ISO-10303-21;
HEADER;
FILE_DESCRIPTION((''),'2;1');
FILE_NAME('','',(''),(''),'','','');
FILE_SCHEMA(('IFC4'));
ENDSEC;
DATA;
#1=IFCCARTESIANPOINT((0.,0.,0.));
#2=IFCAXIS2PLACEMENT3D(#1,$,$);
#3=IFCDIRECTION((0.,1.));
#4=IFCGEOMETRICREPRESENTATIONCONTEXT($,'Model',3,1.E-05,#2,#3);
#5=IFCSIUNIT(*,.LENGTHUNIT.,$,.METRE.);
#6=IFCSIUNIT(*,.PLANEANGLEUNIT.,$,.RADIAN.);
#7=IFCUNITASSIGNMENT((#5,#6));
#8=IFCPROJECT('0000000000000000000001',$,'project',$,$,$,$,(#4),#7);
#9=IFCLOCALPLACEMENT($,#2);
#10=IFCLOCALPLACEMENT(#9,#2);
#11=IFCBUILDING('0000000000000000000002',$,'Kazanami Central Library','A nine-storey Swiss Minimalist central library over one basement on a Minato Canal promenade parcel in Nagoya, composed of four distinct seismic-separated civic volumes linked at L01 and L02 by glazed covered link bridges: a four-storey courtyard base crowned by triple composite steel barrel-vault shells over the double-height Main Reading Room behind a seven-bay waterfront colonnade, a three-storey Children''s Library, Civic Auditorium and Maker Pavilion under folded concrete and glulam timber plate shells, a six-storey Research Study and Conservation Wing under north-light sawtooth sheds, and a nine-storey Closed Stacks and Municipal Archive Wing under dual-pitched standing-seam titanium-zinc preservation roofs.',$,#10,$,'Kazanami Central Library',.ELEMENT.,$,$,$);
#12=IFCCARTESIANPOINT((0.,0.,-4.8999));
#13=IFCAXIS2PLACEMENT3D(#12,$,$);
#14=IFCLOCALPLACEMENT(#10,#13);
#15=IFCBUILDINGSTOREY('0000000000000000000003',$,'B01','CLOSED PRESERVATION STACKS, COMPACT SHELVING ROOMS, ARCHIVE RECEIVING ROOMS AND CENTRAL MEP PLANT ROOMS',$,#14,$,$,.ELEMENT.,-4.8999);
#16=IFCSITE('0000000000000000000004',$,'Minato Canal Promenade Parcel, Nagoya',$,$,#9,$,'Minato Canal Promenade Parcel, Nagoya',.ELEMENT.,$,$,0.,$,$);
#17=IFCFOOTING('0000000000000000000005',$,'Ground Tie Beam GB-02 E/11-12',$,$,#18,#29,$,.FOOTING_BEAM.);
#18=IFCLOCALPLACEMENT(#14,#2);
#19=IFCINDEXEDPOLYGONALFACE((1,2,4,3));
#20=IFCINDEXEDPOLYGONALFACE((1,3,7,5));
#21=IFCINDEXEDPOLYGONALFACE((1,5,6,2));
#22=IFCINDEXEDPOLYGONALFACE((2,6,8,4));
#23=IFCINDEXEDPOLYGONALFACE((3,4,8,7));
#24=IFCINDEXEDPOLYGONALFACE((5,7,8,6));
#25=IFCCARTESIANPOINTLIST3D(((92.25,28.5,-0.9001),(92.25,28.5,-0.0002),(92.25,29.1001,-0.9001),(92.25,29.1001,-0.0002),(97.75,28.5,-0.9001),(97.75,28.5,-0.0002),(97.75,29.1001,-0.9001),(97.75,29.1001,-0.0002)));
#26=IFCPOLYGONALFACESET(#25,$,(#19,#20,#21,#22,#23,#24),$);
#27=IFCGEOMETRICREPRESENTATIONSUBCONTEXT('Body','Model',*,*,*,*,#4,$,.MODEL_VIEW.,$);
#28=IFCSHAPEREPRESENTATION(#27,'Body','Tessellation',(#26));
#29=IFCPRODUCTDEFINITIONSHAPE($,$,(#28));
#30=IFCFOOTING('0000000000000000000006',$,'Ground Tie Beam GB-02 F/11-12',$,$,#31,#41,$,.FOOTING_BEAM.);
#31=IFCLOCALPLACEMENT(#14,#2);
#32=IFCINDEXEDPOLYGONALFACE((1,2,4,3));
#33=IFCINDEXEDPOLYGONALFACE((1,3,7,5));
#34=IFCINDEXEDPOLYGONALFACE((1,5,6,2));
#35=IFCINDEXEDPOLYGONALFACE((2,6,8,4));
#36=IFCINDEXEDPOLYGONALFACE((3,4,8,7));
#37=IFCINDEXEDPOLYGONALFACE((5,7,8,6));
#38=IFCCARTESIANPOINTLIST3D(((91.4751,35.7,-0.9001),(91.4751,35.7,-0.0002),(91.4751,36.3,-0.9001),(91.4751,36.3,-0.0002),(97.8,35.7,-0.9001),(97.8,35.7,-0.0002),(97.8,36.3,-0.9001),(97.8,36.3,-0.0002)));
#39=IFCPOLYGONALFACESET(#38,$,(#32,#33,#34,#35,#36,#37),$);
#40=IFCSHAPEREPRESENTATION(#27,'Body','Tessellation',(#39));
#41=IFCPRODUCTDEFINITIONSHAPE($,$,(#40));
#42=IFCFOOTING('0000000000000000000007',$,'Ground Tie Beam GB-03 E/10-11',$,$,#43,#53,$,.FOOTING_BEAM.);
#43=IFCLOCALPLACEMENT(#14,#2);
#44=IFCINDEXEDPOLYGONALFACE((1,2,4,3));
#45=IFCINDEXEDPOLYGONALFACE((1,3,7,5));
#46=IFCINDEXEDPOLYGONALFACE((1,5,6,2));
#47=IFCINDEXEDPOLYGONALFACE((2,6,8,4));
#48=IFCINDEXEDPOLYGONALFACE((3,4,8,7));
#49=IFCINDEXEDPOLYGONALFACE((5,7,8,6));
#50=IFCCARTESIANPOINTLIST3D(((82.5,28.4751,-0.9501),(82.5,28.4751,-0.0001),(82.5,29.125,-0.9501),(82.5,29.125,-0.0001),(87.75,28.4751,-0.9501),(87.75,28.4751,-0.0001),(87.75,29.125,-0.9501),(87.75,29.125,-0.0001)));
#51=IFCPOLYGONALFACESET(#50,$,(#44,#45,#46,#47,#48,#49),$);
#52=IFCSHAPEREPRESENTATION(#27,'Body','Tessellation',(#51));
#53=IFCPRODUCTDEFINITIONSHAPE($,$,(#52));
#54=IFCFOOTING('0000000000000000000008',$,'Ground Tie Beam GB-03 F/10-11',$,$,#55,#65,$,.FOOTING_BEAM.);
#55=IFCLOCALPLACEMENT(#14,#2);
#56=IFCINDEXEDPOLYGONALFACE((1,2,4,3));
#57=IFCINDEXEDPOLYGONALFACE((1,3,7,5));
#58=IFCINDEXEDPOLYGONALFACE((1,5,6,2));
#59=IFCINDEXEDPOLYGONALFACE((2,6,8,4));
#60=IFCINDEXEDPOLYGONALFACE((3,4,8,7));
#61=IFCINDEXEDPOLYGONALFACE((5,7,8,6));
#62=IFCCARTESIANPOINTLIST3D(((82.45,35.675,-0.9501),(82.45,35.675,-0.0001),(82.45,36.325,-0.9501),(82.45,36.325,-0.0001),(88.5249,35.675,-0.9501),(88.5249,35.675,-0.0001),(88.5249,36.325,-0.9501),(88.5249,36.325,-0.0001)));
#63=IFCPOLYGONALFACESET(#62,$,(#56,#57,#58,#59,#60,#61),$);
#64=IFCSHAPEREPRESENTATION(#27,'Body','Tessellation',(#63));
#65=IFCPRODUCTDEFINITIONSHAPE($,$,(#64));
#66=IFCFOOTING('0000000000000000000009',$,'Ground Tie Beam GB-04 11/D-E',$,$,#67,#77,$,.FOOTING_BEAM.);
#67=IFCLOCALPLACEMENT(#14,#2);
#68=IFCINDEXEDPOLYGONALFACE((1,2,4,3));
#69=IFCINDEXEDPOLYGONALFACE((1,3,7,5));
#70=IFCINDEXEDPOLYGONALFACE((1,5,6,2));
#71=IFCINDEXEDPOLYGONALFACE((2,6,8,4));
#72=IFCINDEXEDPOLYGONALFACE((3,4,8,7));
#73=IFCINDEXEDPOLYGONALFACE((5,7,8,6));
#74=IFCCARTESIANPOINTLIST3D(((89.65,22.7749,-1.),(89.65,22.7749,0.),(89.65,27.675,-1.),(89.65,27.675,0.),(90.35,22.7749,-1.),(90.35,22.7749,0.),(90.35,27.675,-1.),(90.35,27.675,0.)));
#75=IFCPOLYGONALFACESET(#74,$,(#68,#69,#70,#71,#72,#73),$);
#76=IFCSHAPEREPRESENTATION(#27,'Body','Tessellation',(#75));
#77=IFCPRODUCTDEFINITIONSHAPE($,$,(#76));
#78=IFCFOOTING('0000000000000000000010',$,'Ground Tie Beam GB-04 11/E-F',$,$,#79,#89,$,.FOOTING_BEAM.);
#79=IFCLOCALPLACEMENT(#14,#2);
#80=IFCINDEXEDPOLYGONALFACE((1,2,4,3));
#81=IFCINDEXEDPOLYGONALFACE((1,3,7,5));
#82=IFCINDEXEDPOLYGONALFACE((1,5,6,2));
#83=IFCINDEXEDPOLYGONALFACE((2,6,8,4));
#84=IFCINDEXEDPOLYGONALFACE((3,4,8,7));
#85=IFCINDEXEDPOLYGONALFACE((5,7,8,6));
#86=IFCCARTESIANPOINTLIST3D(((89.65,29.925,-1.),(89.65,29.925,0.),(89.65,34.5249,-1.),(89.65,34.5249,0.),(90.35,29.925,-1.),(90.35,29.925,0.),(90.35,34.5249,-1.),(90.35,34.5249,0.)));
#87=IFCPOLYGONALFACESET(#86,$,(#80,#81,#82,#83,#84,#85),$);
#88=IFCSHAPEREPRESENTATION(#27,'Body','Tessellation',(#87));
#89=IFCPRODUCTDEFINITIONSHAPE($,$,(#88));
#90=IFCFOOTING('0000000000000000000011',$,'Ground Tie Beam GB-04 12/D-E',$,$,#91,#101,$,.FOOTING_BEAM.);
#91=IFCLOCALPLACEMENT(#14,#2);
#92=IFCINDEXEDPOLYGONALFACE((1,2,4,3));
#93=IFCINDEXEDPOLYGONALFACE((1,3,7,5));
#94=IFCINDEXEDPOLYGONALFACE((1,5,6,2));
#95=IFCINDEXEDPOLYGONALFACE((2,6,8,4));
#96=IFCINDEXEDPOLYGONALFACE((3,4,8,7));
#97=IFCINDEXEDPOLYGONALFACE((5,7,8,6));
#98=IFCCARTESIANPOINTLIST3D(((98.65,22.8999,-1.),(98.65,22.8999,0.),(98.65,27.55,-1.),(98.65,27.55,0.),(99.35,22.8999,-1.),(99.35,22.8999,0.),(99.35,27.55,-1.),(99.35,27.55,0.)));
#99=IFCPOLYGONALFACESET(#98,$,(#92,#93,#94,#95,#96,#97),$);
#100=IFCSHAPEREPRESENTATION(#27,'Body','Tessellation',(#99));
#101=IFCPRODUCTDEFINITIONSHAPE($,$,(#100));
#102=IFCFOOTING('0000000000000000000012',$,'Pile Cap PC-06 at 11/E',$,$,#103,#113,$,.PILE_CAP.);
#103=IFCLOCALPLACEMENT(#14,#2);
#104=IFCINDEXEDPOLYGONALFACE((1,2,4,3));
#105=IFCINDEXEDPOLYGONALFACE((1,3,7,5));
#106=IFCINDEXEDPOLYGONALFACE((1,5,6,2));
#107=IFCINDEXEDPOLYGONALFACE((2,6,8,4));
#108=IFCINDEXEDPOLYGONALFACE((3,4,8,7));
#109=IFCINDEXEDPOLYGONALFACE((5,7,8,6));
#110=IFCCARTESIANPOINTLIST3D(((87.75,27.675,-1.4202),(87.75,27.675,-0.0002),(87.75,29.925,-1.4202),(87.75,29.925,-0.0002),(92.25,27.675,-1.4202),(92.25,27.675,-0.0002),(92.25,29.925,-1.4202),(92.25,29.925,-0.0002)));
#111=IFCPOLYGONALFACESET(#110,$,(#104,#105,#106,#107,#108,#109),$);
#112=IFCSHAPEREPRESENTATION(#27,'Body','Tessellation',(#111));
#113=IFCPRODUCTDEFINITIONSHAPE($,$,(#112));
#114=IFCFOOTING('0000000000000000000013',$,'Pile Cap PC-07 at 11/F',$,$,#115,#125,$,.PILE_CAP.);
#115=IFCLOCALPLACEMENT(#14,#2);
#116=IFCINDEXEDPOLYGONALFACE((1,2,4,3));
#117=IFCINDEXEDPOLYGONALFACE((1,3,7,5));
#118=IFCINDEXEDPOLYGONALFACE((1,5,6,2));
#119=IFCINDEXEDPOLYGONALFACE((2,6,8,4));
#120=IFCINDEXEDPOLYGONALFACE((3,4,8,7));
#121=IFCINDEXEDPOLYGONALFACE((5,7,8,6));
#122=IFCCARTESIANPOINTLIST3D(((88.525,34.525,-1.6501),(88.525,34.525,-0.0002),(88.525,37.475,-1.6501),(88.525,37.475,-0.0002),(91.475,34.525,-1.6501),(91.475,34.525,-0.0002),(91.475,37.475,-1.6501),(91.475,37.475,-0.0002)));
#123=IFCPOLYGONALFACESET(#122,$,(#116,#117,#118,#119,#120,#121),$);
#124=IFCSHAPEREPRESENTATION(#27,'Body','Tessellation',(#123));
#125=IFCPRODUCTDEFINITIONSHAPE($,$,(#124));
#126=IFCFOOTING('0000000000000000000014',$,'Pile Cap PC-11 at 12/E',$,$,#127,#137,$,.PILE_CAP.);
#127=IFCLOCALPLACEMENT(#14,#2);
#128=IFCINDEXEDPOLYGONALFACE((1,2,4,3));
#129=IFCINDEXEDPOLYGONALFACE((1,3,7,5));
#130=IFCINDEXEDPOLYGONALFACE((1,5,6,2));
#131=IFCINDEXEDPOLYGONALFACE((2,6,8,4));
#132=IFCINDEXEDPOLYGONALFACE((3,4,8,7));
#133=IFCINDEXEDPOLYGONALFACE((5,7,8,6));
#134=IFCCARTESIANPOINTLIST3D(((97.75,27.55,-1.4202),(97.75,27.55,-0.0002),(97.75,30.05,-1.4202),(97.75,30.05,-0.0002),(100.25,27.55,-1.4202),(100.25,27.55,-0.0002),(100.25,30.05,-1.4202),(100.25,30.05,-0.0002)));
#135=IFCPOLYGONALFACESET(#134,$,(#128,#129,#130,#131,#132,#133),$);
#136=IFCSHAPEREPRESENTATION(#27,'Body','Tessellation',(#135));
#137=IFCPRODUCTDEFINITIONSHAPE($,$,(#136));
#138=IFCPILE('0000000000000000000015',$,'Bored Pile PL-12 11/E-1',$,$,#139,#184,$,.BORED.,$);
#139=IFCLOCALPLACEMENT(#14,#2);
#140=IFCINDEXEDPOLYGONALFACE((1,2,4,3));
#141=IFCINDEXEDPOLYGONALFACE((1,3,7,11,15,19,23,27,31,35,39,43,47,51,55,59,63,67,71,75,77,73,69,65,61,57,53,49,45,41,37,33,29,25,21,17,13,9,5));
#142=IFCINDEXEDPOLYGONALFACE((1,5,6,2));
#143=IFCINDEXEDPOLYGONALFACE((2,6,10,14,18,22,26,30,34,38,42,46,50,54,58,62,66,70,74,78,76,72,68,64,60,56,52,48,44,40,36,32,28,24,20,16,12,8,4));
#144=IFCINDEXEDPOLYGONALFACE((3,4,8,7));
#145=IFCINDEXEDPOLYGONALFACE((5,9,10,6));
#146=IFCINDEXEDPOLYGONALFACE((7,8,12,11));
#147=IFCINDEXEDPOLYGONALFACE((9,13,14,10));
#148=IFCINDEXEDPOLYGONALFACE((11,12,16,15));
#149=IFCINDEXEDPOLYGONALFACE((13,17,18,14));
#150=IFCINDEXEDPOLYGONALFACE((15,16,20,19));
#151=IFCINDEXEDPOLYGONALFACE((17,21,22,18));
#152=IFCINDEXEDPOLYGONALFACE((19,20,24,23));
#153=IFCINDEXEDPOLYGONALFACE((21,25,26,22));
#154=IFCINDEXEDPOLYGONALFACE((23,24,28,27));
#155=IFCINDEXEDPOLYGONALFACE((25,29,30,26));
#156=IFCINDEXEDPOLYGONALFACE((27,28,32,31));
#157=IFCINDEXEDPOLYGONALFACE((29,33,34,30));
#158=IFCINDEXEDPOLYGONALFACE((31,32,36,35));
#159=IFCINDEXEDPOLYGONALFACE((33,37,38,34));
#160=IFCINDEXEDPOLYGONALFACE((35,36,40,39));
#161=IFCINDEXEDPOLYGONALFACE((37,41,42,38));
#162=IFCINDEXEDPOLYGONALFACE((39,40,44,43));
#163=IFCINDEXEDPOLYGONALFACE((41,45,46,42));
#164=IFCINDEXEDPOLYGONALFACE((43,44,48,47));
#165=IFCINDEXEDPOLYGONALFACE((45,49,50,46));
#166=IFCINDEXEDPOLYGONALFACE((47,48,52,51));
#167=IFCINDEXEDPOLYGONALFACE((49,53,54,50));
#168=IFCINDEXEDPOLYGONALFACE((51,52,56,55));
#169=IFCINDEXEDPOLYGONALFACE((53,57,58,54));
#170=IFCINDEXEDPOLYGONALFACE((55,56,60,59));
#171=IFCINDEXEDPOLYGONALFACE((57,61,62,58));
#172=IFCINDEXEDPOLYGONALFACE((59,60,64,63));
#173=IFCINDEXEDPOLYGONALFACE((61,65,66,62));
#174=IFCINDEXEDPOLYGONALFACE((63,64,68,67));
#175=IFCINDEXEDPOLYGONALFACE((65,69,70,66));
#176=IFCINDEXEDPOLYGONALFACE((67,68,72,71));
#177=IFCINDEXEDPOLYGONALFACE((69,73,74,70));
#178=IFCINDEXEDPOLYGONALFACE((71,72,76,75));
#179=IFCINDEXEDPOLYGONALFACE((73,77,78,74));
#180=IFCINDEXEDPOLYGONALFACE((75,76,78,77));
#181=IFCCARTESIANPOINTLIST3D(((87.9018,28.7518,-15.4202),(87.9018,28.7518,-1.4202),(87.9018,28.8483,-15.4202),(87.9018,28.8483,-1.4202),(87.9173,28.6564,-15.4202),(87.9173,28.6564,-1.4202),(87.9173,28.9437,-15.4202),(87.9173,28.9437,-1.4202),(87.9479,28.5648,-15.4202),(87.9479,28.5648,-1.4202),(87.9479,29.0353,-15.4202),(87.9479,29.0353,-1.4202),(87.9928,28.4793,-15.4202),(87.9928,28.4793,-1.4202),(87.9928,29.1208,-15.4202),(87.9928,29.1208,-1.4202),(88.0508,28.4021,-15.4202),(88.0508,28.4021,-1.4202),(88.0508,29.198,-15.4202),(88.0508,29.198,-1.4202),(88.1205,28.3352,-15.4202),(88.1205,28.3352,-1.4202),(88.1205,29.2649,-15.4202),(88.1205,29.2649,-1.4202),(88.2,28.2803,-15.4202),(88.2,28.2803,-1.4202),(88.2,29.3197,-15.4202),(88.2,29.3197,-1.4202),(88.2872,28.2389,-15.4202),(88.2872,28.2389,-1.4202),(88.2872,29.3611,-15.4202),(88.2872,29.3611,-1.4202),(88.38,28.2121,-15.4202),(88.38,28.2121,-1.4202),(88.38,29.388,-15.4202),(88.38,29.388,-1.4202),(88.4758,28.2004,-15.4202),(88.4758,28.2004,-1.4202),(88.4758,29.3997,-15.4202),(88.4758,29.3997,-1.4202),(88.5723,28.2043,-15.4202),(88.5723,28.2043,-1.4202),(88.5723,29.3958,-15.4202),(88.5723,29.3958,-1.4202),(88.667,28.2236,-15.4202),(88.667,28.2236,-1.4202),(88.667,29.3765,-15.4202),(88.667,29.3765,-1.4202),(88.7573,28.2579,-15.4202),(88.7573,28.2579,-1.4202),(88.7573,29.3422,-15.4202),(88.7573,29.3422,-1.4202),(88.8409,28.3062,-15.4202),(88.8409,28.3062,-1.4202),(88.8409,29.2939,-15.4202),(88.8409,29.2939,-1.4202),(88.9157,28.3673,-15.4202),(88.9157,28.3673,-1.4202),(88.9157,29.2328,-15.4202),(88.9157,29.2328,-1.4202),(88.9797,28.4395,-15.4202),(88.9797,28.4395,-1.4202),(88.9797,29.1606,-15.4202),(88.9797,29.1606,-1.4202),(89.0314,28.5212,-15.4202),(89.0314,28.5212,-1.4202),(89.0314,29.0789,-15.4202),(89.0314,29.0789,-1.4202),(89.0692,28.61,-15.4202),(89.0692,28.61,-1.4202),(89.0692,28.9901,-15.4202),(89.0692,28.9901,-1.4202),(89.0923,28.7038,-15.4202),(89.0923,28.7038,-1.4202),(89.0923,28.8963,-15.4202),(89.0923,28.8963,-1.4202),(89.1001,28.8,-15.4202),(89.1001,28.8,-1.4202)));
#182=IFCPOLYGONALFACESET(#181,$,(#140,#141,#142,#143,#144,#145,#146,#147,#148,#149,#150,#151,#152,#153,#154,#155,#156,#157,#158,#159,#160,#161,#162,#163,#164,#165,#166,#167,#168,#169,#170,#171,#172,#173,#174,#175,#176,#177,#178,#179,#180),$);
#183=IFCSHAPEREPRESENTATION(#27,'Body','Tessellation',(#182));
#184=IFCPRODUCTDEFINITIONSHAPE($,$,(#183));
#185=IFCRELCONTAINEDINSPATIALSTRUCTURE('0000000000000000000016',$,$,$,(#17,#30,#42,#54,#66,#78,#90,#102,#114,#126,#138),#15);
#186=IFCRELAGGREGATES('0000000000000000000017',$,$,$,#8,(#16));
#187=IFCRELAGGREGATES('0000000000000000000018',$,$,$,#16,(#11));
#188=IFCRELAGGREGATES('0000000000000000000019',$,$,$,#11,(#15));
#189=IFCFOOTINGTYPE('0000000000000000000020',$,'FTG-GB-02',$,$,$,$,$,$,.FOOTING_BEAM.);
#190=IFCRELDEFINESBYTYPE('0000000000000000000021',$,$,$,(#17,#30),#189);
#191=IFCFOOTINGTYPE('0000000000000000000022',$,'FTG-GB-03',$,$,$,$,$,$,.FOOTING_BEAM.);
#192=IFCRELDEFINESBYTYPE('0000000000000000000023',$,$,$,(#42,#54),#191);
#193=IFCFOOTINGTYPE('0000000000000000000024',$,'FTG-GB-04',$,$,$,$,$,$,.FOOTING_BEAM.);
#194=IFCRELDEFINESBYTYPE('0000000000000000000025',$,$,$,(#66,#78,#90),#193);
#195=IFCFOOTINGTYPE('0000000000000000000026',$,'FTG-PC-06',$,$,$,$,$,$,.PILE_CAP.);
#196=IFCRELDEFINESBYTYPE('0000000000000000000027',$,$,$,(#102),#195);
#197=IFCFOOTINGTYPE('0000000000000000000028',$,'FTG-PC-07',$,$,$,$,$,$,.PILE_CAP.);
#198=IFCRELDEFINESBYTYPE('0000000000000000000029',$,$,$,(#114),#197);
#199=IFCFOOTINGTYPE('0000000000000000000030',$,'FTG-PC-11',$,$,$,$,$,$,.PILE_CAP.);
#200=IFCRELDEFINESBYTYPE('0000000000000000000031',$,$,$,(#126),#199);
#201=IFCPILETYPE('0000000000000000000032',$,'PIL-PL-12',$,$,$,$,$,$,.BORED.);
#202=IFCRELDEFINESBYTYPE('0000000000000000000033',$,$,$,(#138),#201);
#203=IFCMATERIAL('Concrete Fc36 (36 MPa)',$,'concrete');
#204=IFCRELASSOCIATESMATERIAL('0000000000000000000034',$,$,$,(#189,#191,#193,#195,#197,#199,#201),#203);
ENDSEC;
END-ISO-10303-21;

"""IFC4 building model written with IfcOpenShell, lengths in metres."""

from ifc_helpers import new_model, si_unit, direction, frame, origin, origin_2d, place, context, subcontext, project, spatial, rectangle, circle, extrude, material, material_profile, profile_set, type_object, element, save


model = new_model("IFC4")

# Units and contexts
model_context = context("Model", 3, precision=1e-05, world=origin(), true_north=direction((0.0, 1.0)))
body_context = subcontext(model_context, "Body", "Model", "MODEL_VIEW")
ifc_project = project(units=[si_unit("LENGTHUNIT", "METRE"), si_unit("PLANEANGLEUNIT", "RADIAN")], contexts=[model_context])

# Site, building, storey
site_placement = place(None, origin())
site = spatial("IfcSite", under=ifc_project, at=site_placement, Name="Minato Canal Promenade Parcel, Nagoya", LongName="Minato Canal Promenade Parcel, Nagoya", CompositionType="ELEMENT", RefElevation=0.0)
building_placement = place(site_placement, origin())
building = spatial("IfcBuilding", under=site, at=building_placement, Name="Kazanami Central Library", Description="A nine-storey Swiss Minimalist central library over one basement on a Minato Canal promenade parcel in Nagoya, composed of four distinct seismic-separated civic volumes linked at L01 and L02 by glazed covered link bridges: a four-storey courtyard base crowned by triple composite steel barrel-vault shells over the double-height Main Reading Room behind a seven-bay waterfront colonnade, a three-storey Children's Library, Civic Auditorium and Maker Pavilion under folded concrete and glulam timber plate shells, a six-storey Research Study and Conservation Wing under north-light sawtooth sheds, and a nine-storey Closed Stacks and Municipal Archive Wing under dual-pitched standing-seam titanium-zinc preservation roofs.", LongName="Kazanami Central Library", CompositionType="ELEMENT")
storey_placement = place(building_placement, frame((0.0, 0.0, -4.8999)))
storey = spatial("IfcBuildingStorey", under=building, at=storey_placement, Name="B01", Description="CLOSED PRESERVATION STACKS, COMPACT SHELVING ROOMS, ARCHIVE RECEIVING ROOMS AND CENTRAL MEP PLANT ROOMS", CompositionType="ELEMENT", Elevation=-4.8999)

# Footings
ifc_material_1 = material(Name="Concrete Fc36 (36 MPa)", Category="concrete")
ifc_material_profile_1 = material_profile(ifc_material_1, rectangle(XDim=0.6001, YDim=0.8999, at=origin_2d()), Name="RC-600x900")
ifc_profile_set_1 = profile_set([ifc_material_profile_1], Name="Concrete Fc36 (36 MPa)")
footing_type_1 = type_object("IfcFootingType", Name="FTG-GB-02", PredefinedType="FOOTING_BEAM", material=ifc_profile_set_1)
footing_1_placement = place(storey_placement, frame((92.25, 28.8, -0.4502), z_axis=(1.0, 0.0, 0.0), x_axis=(0.0, 1.0, 0.0)))
element("IfcFooting", 1, at=footing_1_placement, inside=storey, type_object=footing_type_1, Name="Ground Tie Beam GB-02 E/11-12", PredefinedType="FOOTING_BEAM", context=body_context, shape_type="SweptSolid", body=[
    extrude(rectangle(XDim=0.6001, YDim=0.8999, at=origin_2d()), origin(), (0.0, 0.0, 1.0), 5.5),
])
footing_2_placement = place(storey_placement, frame((91.4751, 36.0, -0.4502), z_axis=(1.0, 0.0, 0.0), x_axis=(0.0, 1.0, 0.0)))
element("IfcFooting", 2, at=footing_2_placement, inside=storey, type_object=footing_type_1, Name="Ground Tie Beam GB-02 F/11-12", PredefinedType="FOOTING_BEAM", context=body_context, shape_type="SweptSolid", body=[
    extrude(rectangle(XDim=0.6001, YDim=0.8999, at=origin_2d()), origin(), (0.0, 0.0, 1.0), 6.325),
])
ifc_material_profile_2 = material_profile(ifc_material_1, rectangle(XDim=0.6499, YDim=0.95, at=origin_2d()), Name="RC-650x950")
ifc_profile_set_2 = profile_set([ifc_material_profile_2], Name="Concrete Fc36 (36 MPa)")
footing_type_2 = type_object("IfcFootingType", Name="FTG-GB-03", PredefinedType="FOOTING_BEAM", material=ifc_profile_set_2)
footing_3_placement = place(storey_placement, frame((82.5, 28.8, -0.4751), z_axis=(1.0, 0.0, 0.0), x_axis=(0.0, 1.0, 0.0)))
element("IfcFooting", 3, at=footing_3_placement, inside=storey, type_object=footing_type_2, Name="Ground Tie Beam GB-03 E/10-11", PredefinedType="FOOTING_BEAM", context=body_context, shape_type="SweptSolid", body=[
    extrude(rectangle(XDim=0.6499, YDim=0.95, at=origin_2d()), origin(), (0.0, 0.0, 1.0), 5.25),
])
footing_4_placement = place(storey_placement, frame((82.45, 36.0, -0.4751), z_axis=(1.0, 0.0, 0.0), x_axis=(0.0, 1.0, 0.0)))
element("IfcFooting", 4, at=footing_4_placement, inside=storey, type_object=footing_type_2, Name="Ground Tie Beam GB-03 F/10-11", PredefinedType="FOOTING_BEAM", context=body_context, shape_type="SweptSolid", body=[
    extrude(rectangle(XDim=0.6499, YDim=0.95, at=origin_2d()), origin(), (0.0, 0.0, 1.0), 6.075),
])
ifc_material_profile_3 = material_profile(ifc_material_1, rectangle(XDim=0.7, YDim=1.0, at=origin_2d()), Name="RC-700x1000")
ifc_profile_set_3 = profile_set([ifc_material_profile_3], Name="Concrete Fc36 (36 MPa)")
footing_type_3 = type_object("IfcFootingType", Name="FTG-GB-04", PredefinedType="FOOTING_BEAM", material=ifc_profile_set_3)
footing_5_placement = place(storey_placement, frame((90.0, 22.7749, -0.5), z_axis=(0.0, 1.0, 0.0), x_axis=(-1.0, 0.0, 0.0)))
element("IfcFooting", 5, at=footing_5_placement, inside=storey, type_object=footing_type_3, Name="Ground Tie Beam GB-04 11/D-E", PredefinedType="FOOTING_BEAM", context=body_context, shape_type="SweptSolid", body=[
    extrude(rectangle(XDim=0.7, YDim=1.0, at=origin_2d()), origin(), (0.0, 0.0, 1.0), 4.9001),
])
footing_6_placement = place(storey_placement, frame((90.0, 29.925, -0.5), z_axis=(0.0, 1.0, 0.0), x_axis=(-1.0, 0.0, 0.0)))
element("IfcFooting", 6, at=footing_6_placement, inside=storey, type_object=footing_type_3, Name="Ground Tie Beam GB-04 11/E-F", PredefinedType="FOOTING_BEAM", context=body_context, shape_type="SweptSolid", body=[
    extrude(rectangle(XDim=0.7, YDim=1.0, at=origin_2d()), origin(), (0.0, 0.0, 1.0), 4.5999),
])
footing_7_placement = place(storey_placement, frame((99.0, 22.8999, -0.5), z_axis=(0.0, 1.0, 0.0), x_axis=(-1.0, 0.0, 0.0)))
element("IfcFooting", 7, at=footing_7_placement, inside=storey, type_object=footing_type_3, Name="Ground Tie Beam GB-04 12/D-E", PredefinedType="FOOTING_BEAM", context=body_context, shape_type="SweptSolid", body=[
    extrude(rectangle(XDim=0.7, YDim=1.0, at=origin_2d()), origin(), (0.0, 0.0, 1.0), 4.6501),
])
footing_type_4 = type_object("IfcFootingType", Name="FTG-PC-06", PredefinedType="PILE_CAP", material=ifc_material_1)
footing_8_placement = place(storey_placement, frame((90.0, 28.8, -1.4202), z_axis=(0.0, 0.0, 1.0), x_axis=(1.0, 0.0, 0.0)))
element("IfcFooting", 8, at=footing_8_placement, inside=storey, type_object=footing_type_4, Name="Pile Cap PC-06 at 11/E", PredefinedType="PILE_CAP", context=body_context, shape_type="SweptSolid", body=[
    extrude(rectangle(XDim=4.5, YDim=2.25, at=origin_2d()), origin(), (0.0, 0.0, 1.0), 1.4199),
])
footing_type_5 = type_object("IfcFootingType", Name="FTG-PC-07", PredefinedType="PILE_CAP", material=ifc_material_1)
footing_9_placement = place(storey_placement, frame((90.0, 36.0, -1.6501), z_axis=(0.0, 0.0, 1.0), x_axis=(1.0, 0.0, 0.0)))
element("IfcFooting", 9, at=footing_9_placement, inside=storey, type_object=footing_type_5, Name="Pile Cap PC-07 at 11/F", PredefinedType="PILE_CAP", context=body_context, shape_type="SweptSolid", body=[
    extrude(rectangle(XDim=2.95, YDim=2.95, at=origin_2d()), origin(), (0.0, 0.0, 1.0), 1.6499),
])
footing_type_6 = type_object("IfcFootingType", Name="FTG-PC-11", PredefinedType="PILE_CAP", material=ifc_material_1)
footing_10_placement = place(storey_placement, frame((99.0, 28.8, -1.4202), z_axis=(0.0, 0.0, 1.0), x_axis=(1.0, 0.0, 0.0)))
element("IfcFooting", 10, at=footing_10_placement, inside=storey, type_object=footing_type_6, Name="Pile Cap PC-11 at 12/E", PredefinedType="PILE_CAP", context=body_context, shape_type="SweptSolid", body=[
    extrude(rectangle(XDim=2.5, YDim=2.5, at=origin_2d()), origin(), (0.0, 0.0, 1.0), 1.4199),
])

# Pile
ifc_material_profile_4 = material_profile(ifc_material_1, circle(Radius=0.6001, at=origin_2d()), Name="BORED-D1200")
ifc_profile_set_4 = profile_set([ifc_material_profile_4], Name="Concrete Fc36 (36 MPa)")
pile_type_1 = type_object("IfcPileType", Name="PIL-PL-12", PredefinedType="BORED", material=ifc_profile_set_4)
for number, where, z_axis, x_axis, name in (
    (11, (88.5, 28.8, -1.4202), (0.0, 0.0, -1.0), (1.0, 0.0, 0.0), "Bored Pile PL-12 11/E-1"),
):
    element("IfcPile", number, at=place(storey_placement, frame(where, z_axis=z_axis, x_axis=x_axis)), inside=storey, type_object=pile_type_1, Name=name, PredefinedType="BORED", context=body_context, shape_type="SweptSolid", body=[
        extrude(circle(Radius=0.6001, at=origin_2d()), origin(), (0.0, 0.0, 1.0), 14.0),
    ])

save(model, "model.ifc")
